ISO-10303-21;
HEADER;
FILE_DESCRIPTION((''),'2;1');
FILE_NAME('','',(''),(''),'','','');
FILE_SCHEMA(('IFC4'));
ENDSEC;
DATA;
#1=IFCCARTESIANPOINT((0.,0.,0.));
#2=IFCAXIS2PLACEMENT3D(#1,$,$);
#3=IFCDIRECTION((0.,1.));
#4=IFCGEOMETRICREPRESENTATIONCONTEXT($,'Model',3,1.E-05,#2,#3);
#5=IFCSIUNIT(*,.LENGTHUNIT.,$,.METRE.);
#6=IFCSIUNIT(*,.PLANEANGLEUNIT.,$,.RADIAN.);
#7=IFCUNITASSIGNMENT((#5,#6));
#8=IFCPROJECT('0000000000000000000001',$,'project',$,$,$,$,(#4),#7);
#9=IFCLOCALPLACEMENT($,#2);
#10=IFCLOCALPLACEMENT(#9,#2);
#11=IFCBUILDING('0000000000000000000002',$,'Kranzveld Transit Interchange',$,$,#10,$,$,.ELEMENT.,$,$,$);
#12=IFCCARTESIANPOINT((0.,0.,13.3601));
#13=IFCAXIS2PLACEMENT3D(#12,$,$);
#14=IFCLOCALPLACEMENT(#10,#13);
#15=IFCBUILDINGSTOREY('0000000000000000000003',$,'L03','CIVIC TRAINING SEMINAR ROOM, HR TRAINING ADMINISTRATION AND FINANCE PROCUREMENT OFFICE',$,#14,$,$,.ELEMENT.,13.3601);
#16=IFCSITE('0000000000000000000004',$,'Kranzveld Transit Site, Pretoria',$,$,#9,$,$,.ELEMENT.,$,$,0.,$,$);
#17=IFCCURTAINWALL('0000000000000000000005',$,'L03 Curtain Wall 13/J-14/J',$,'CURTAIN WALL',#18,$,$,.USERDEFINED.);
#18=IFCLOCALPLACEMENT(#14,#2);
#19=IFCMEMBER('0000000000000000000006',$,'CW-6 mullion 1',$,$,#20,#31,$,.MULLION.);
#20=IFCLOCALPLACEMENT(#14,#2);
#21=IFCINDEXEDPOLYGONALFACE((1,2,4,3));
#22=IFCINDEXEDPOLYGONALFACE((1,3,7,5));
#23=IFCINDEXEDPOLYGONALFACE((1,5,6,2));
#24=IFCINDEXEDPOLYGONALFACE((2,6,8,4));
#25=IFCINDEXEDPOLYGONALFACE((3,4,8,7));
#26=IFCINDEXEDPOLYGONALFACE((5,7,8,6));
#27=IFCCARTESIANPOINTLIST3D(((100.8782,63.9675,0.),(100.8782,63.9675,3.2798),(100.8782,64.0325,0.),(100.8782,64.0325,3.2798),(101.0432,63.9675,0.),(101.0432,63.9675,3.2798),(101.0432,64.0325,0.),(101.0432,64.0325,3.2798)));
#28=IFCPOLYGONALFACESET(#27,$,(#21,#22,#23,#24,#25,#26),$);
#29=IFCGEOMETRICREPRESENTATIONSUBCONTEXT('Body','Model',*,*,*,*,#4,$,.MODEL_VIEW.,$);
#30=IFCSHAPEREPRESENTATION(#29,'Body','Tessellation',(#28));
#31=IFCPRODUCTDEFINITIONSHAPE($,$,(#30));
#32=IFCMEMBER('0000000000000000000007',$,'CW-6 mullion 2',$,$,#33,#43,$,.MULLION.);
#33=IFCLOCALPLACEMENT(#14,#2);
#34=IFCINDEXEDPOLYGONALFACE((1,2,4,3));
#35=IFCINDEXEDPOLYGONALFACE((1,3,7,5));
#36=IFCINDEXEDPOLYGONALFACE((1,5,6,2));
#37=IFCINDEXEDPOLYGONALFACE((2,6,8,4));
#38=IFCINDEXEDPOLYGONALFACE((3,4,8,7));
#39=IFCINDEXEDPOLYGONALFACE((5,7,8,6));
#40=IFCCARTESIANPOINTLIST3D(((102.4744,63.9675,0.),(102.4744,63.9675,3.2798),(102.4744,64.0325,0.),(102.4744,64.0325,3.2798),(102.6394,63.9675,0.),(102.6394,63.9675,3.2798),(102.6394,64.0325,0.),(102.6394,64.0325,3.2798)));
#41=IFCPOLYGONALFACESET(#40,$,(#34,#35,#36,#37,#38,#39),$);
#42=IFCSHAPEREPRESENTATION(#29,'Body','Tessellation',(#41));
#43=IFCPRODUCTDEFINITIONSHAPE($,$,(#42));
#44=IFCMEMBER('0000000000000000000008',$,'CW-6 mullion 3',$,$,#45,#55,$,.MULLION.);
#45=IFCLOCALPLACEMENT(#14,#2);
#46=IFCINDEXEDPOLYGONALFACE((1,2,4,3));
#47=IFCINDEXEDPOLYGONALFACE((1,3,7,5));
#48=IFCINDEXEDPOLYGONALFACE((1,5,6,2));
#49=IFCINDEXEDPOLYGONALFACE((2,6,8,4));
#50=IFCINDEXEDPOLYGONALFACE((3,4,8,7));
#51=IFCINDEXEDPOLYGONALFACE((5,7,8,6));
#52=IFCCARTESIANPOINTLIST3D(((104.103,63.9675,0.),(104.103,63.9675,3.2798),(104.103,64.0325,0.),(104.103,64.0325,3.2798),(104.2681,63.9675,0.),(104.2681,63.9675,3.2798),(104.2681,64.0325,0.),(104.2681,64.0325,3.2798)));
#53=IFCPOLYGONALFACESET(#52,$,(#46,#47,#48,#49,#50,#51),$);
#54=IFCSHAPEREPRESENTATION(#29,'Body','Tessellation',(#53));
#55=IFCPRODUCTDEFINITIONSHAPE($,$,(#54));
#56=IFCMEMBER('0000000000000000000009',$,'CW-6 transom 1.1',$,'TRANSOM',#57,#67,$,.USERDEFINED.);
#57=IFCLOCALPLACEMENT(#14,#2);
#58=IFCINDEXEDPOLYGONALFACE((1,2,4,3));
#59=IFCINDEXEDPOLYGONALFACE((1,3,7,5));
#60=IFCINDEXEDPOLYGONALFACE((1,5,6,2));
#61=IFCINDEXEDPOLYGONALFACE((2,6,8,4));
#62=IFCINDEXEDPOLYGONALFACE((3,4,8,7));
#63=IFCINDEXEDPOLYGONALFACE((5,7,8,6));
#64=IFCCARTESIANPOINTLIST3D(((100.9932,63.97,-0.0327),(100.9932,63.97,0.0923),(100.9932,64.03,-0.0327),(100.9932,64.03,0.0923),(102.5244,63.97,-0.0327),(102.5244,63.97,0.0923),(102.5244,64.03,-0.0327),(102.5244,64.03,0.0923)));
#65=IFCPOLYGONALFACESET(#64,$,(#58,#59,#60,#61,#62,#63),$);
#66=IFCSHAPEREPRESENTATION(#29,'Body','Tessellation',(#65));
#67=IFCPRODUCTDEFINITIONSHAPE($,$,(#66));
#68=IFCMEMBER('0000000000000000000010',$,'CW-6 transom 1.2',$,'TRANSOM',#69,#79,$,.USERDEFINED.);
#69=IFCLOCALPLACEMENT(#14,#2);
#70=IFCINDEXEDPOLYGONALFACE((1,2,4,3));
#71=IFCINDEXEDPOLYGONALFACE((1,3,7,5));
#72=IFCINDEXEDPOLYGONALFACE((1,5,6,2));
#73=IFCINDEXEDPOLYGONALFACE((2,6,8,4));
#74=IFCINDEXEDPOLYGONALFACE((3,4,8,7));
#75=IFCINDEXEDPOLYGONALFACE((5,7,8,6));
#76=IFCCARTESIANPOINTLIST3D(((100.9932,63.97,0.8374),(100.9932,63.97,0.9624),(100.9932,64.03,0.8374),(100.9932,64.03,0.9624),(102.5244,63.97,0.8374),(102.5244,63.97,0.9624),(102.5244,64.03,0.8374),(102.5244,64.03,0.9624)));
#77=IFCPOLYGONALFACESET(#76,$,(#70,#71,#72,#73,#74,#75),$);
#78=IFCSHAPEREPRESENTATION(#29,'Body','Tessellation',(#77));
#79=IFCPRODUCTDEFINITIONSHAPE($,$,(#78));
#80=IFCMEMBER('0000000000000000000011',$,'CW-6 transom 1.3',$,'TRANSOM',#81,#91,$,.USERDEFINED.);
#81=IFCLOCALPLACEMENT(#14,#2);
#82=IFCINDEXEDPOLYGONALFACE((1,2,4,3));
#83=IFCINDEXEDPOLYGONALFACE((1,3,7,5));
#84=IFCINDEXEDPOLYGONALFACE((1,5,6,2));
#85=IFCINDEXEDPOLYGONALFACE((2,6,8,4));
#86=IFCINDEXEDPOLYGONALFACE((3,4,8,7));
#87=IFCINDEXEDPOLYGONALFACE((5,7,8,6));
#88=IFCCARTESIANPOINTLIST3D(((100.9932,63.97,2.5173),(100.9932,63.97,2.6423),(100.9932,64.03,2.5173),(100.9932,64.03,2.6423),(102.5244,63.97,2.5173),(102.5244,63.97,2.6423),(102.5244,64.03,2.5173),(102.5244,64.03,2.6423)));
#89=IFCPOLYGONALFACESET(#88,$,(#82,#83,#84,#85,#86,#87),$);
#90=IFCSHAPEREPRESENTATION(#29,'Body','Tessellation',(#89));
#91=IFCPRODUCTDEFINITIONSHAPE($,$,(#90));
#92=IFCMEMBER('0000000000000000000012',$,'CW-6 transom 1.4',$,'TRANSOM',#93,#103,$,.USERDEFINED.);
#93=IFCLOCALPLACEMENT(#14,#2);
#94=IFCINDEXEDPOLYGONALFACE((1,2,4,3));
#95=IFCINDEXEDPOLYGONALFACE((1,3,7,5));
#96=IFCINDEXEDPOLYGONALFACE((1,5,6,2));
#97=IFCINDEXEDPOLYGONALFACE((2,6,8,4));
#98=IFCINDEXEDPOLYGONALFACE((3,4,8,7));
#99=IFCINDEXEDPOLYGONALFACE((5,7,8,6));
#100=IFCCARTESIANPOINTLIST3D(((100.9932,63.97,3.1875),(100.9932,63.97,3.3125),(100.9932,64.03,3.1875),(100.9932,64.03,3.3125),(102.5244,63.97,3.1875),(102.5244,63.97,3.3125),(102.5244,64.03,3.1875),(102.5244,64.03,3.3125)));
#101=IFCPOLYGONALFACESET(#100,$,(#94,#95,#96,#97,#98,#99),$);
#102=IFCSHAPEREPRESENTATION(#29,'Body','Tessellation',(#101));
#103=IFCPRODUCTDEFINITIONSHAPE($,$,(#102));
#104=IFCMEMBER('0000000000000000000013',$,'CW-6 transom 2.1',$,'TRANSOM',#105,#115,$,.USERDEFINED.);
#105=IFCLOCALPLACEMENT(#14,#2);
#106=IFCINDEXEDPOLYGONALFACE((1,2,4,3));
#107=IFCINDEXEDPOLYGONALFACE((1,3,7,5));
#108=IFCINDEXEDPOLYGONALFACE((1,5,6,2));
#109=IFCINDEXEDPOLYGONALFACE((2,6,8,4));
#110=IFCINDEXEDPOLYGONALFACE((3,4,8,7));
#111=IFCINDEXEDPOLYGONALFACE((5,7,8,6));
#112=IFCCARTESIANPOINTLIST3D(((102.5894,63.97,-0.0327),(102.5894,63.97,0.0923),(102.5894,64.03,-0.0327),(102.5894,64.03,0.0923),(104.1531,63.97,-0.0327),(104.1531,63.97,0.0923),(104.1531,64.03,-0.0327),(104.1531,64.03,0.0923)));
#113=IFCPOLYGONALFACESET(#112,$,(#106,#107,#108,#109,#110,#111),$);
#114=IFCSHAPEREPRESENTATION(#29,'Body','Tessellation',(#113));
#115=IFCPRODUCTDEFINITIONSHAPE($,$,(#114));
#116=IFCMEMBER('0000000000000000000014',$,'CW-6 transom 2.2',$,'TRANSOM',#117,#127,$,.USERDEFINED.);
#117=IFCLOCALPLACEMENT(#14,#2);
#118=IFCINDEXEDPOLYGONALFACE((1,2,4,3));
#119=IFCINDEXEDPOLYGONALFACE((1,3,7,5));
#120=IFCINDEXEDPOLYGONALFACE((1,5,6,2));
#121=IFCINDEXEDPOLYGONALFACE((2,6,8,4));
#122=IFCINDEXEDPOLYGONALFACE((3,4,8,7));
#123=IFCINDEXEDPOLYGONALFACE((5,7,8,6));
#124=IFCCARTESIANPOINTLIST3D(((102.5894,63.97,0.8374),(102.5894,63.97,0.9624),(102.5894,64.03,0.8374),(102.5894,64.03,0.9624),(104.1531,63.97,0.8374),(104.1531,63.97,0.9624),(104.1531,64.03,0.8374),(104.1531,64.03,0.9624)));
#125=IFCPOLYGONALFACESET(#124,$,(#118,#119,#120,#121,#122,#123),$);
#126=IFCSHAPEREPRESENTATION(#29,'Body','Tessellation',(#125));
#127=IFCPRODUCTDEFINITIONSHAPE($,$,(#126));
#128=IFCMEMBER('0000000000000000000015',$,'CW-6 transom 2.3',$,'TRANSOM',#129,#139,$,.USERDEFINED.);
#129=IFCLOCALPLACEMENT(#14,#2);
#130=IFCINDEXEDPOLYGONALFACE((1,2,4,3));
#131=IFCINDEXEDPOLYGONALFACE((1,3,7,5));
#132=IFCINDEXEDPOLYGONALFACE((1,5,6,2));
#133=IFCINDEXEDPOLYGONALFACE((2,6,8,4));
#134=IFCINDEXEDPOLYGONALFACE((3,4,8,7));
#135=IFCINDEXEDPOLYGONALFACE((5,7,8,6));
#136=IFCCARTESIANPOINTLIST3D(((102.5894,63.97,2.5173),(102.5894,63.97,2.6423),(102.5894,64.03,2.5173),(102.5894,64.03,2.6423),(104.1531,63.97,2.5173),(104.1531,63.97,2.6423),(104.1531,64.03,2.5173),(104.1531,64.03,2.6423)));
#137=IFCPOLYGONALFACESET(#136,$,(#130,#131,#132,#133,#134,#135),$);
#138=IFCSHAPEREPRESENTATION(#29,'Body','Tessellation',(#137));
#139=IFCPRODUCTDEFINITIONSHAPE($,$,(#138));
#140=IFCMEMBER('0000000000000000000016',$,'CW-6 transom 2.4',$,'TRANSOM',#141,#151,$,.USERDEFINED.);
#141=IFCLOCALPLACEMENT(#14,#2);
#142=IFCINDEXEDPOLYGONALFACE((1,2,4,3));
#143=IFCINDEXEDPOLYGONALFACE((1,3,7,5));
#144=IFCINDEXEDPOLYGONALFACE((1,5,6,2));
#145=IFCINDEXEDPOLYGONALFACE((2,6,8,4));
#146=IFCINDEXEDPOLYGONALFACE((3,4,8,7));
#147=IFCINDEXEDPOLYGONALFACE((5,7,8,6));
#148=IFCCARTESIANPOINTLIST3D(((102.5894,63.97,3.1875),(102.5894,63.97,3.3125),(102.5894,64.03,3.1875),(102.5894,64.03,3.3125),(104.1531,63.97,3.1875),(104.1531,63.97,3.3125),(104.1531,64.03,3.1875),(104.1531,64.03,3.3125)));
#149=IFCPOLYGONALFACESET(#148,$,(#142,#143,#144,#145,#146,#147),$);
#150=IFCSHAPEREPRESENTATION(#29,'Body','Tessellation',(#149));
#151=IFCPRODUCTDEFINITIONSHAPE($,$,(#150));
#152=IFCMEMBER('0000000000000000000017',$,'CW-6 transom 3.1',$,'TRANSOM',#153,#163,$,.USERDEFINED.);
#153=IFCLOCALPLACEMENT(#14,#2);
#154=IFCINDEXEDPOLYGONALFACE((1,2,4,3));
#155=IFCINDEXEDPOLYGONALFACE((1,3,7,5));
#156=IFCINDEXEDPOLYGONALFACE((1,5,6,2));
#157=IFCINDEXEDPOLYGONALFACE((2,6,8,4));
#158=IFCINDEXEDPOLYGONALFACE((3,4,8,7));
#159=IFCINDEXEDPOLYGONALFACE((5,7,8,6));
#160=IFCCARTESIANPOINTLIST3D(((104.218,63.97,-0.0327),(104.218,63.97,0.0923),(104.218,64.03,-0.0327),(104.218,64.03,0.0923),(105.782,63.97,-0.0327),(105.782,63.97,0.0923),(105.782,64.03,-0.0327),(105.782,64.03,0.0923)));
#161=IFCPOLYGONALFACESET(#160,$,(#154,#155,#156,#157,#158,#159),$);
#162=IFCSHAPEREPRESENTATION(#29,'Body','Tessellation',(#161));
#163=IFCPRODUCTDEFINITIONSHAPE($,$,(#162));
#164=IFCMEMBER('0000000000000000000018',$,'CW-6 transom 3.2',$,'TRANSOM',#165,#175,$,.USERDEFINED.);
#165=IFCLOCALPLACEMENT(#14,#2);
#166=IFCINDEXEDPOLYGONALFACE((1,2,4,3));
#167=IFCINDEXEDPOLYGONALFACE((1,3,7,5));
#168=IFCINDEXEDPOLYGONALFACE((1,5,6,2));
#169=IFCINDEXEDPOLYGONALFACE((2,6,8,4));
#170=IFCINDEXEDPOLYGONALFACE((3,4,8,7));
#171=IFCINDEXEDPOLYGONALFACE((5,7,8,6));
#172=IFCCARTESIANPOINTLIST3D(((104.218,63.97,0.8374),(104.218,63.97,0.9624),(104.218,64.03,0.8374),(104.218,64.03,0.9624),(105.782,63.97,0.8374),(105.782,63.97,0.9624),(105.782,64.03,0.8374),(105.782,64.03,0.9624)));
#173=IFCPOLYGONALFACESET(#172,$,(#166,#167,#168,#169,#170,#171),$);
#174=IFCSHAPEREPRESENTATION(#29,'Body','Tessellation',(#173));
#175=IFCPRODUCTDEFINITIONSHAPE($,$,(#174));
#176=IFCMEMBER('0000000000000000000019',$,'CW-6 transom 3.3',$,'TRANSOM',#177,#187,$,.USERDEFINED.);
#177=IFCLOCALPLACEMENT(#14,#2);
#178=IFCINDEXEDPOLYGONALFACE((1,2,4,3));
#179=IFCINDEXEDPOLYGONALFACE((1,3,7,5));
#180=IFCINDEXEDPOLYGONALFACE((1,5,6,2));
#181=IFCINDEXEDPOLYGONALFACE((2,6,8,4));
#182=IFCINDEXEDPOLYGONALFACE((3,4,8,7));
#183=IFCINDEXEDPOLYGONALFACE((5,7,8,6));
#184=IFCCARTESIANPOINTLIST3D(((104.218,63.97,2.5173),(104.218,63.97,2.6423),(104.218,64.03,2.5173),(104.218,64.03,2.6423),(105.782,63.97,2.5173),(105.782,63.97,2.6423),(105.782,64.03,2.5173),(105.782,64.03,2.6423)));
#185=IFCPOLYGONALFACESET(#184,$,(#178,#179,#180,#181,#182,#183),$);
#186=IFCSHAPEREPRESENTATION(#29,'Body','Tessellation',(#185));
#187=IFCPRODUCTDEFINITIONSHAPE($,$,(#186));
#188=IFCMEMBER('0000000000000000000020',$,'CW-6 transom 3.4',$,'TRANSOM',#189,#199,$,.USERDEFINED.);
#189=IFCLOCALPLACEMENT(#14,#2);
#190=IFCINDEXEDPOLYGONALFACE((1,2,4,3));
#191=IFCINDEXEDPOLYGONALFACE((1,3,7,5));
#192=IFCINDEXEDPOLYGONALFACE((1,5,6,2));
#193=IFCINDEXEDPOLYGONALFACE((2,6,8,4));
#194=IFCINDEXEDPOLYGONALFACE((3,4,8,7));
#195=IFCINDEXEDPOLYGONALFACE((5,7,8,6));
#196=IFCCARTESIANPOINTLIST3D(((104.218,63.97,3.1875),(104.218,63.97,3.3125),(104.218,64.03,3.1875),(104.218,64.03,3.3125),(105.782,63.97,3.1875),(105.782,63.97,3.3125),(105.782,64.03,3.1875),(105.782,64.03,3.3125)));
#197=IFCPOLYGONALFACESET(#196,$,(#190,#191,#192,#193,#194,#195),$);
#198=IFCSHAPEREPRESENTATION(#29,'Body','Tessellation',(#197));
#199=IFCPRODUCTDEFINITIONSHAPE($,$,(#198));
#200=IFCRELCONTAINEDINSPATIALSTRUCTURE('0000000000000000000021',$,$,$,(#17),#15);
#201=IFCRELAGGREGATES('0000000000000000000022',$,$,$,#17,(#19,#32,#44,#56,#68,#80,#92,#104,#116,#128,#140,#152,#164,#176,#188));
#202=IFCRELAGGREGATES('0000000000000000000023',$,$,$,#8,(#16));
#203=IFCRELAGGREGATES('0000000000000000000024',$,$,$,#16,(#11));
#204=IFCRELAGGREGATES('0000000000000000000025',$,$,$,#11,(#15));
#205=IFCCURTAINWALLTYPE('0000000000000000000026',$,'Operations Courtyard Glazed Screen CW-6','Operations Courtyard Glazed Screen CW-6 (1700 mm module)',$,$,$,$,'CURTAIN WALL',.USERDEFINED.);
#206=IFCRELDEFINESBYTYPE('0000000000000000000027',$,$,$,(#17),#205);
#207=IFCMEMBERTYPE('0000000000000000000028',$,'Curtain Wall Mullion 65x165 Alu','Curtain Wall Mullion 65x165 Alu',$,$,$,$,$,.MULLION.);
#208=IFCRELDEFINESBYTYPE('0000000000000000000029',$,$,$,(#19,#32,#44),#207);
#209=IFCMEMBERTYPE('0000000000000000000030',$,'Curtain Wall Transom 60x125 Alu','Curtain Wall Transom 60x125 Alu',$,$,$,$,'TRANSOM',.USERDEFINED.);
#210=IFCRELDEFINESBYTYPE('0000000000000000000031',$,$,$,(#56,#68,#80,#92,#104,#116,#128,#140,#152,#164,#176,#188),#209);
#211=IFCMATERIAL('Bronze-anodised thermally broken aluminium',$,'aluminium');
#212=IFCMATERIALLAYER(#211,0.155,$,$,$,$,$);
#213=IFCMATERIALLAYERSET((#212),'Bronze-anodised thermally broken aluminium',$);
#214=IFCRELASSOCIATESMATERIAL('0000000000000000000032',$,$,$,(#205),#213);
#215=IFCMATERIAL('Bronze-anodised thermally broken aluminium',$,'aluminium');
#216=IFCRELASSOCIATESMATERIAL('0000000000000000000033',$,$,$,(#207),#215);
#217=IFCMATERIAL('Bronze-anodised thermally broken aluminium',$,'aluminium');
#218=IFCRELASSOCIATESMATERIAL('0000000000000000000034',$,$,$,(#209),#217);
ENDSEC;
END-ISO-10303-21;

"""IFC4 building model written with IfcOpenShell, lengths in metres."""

from ifc_helpers import new_model, si_unit, direction, frame, origin, origin_2d, place, context, subcontext, project, spatial, rectangle, extrude, material, layer, layer_set, material_profile, profile_set, type_object, element, aggregate, save


model = new_model("IFC4")

# Units and contexts
model_context = context("Model", 3, precision=1e-05, world=origin(), true_north=direction((0.0, 1.0)))
body_context = subcontext(model_context, "Body", "Model", "MODEL_VIEW")
ifc_project = project(units=[si_unit("LENGTHUNIT", "METRE"), si_unit("PLANEANGLEUNIT", "RADIAN")], contexts=[model_context])

# Site, building, storey
site_placement = place(None, origin())
site = spatial("IfcSite", under=ifc_project, at=site_placement, Name="Kranzveld Transit Site, Pretoria", CompositionType="ELEMENT", RefElevation=0.0)
building_placement = place(site_placement, origin())
building = spatial("IfcBuilding", under=site, at=building_placement, Name="Kranzveld Transit Interchange", CompositionType="ELEMENT")
storey_placement = place(building_placement, frame((0.0, 0.0, 13.3601)))
storey = spatial("IfcBuildingStorey", under=building, at=storey_placement, Name="L03", Description="CIVIC TRAINING SEMINAR ROOM, HR TRAINING ADMINISTRATION AND FINANCE PROCUREMENT OFFICE", CompositionType="ELEMENT", Elevation=13.3601)

# Curtain wall, members
ifc_material_1 = material(Name="Bronze-anodised thermally broken aluminium", Category="aluminium")
ifc_layer_1 = layer(ifc_material_1, 0.155)
ifc_layer_set_1 = layer_set([ifc_layer_1], Name="Bronze-anodised thermally broken aluminium")
curtain_wall_type = type_object("IfcCurtainWallType", Name="Operations Courtyard Glazed Screen CW-6", Description="Operations Courtyard Glazed Screen CW-6 (1700 mm module)", ElementType="CURTAIN WALL", PredefinedType="USERDEFINED", material=ifc_layer_set_1)
curtain_wall_placement = place(storey_placement, origin())
curtain_wall = element("IfcCurtainWall", 1, at=curtain_wall_placement, inside=storey, type_object=curtain_wall_type, Name="L03 Curtain Wall 13/J-14/J", ObjectType="CURTAIN WALL", PredefinedType="USERDEFINED")
ifc_material_2 = material(Name="Bronze-anodised thermally broken aluminium", Category="aluminium")
ifc_material_profile_1 = material_profile(ifc_material_2, rectangle(XDim=0.0649, YDim=0.165, at=origin_2d()), Name="ALU MULLION 65x165")
ifc_profile_set_1 = profile_set([ifc_material_profile_1], Name="Bronze-anodised thermally broken aluminium")
member_type_1 = type_object("IfcMemberType", Name="Curtain Wall Mullion 65x165 Alu", Description="Curtain Wall Mullion 65x165 Alu", PredefinedType="MULLION", material=ifc_profile_set_1)
member_1_placement = place(storey_placement, frame((100.9607, 64.0, 0.0), z_axis=(0.0, 0.0, 1.0), x_axis=(0.0, 1.0, 0.0)))
member_1 = element("IfcMember", 2, at=member_1_placement, type_object=member_type_1, Name="CW-6 mullion 1", PredefinedType="MULLION", context=body_context, shape_type="SweptSolid", body=[
    extrude(rectangle(XDim=0.0649, YDim=0.165, at=origin_2d()), origin(), (0.0, 0.0, 1.0), 3.2798),
])
member_2_placement = place(storey_placement, frame((102.5569, 64.0, 0.0), z_axis=(0.0, 0.0, 1.0), x_axis=(0.0, 1.0, 0.0)))
member_2 = element("IfcMember", 3, at=member_2_placement, type_object=member_type_1, Name="CW-6 mullion 2", PredefinedType="MULLION", context=body_context, shape_type="SweptSolid", body=[
    extrude(rectangle(XDim=0.0649, YDim=0.165, at=origin_2d()), origin(), (0.0, 0.0, 1.0), 3.2798),
])
member_3_placement = place(storey_placement, frame((104.1855, 64.0, 0.0), z_axis=(0.0, 0.0, 1.0), x_axis=(0.0, 1.0, 0.0)))
member_3 = element("IfcMember", 4, at=member_3_placement, type_object=member_type_1, Name="CW-6 mullion 3", PredefinedType="MULLION", context=body_context, shape_type="SweptSolid", body=[
    extrude(rectangle(XDim=0.0649, YDim=0.165, at=origin_2d()), origin(), (0.0, 0.0, 1.0), 3.2798),
])
ifc_material_3 = material(Name="Bronze-anodised thermally broken aluminium", Category="aluminium")
ifc_material_profile_2 = material_profile(ifc_material_3, rectangle(XDim=0.0601, YDim=0.125, at=origin_2d()), Name="ALU TRANSOM 60x125")
ifc_profile_set_2 = profile_set([ifc_material_profile_2], Name="Bronze-anodised thermally broken aluminium")
member_type_2 = type_object("IfcMemberType", Name="Curtain Wall Transom 60x125 Alu", Description="Curtain Wall Transom 60x125 Alu", ElementType="TRANSOM", PredefinedType="USERDEFINED", material=ifc_profile_set_2)
member_4_placement = place(storey_placement, frame((100.9932, 64.0, 0.0298), z_axis=(1.0, 0.0, 0.0), x_axis=(0.0, 1.0, 0.0)))
member_4 = element("IfcMember", 5, at=member_4_placement, type_object=member_type_2, Name="CW-6 transom 1.1", ObjectType="TRANSOM", PredefinedType="USERDEFINED", context=body_context, shape_type="SweptSolid", body=[
    extrude(rectangle(XDim=0.0601, YDim=0.125, at=origin_2d()), origin(), (0.0, 0.0, 1.0), 1.5312),
])
member_5_placement = place(storey_placement, frame((100.9932, 64.0, 0.8999), z_axis=(1.0, 0.0, 0.0), x_axis=(0.0, 1.0, 0.0)))
member_5 = element("IfcMember", 6, at=member_5_placement, type_object=member_type_2, Name="CW-6 transom 1.2", ObjectType="TRANSOM", PredefinedType="USERDEFINED", context=body_context, shape_type="SweptSolid", body=[
    extrude(rectangle(XDim=0.0601, YDim=0.125, at=origin_2d()), origin(), (0.0, 0.0, 1.0), 1.5312),
])
member_6_placement = place(storey_placement, frame((100.9932, 64.0, 2.5798), z_axis=(1.0, 0.0, 0.0), x_axis=(0.0, 1.0, 0.0)))
member_6 = element("IfcMember", 7, at=member_6_placement, type_object=member_type_2, Name="CW-6 transom 1.3", ObjectType="TRANSOM", PredefinedType="USERDEFINED", context=body_context, shape_type="SweptSolid", body=[
    extrude(rectangle(XDim=0.0601, YDim=0.125, at=origin_2d()), origin(), (0.0, 0.0, 1.0), 1.5312),
])
member_7_placement = place(storey_placement, frame((100.9932, 64.0, 3.25), z_axis=(1.0, 0.0, 0.0), x_axis=(0.0, 1.0, 0.0)))
member_7 = element("IfcMember", 8, at=member_7_placement, type_object=member_type_2, Name="CW-6 transom 1.4", ObjectType="TRANSOM", PredefinedType="USERDEFINED", context=body_context, shape_type="SweptSolid", body=[
    extrude(rectangle(XDim=0.0601, YDim=0.125, at=origin_2d()), origin(), (0.0, 0.0, 1.0), 1.5312),
])
member_8_placement = place(storey_placement, frame((102.5894, 64.0, 0.0298), z_axis=(1.0, 0.0, 0.0), x_axis=(0.0, 1.0, 0.0)))
member_8 = element("IfcMember", 9, at=member_8_placement, type_object=member_type_2, Name="CW-6 transom 2.1", ObjectType="TRANSOM", PredefinedType="USERDEFINED", context=body_context, shape_type="SweptSolid", body=[
    extrude(rectangle(XDim=0.0601, YDim=0.125, at=origin_2d()), origin(), (0.0, 0.0, 1.0), 1.5637),
])
member_9_placement = place(storey_placement, frame((102.5894, 64.0, 0.8999), z_axis=(1.0, 0.0, 0.0), x_axis=(0.0, 1.0, 0.0)))
member_9 = element("IfcMember", 10, at=member_9_placement, type_object=member_type_2, Name="CW-6 transom 2.2", ObjectType="TRANSOM", PredefinedType="USERDEFINED", context=body_context, shape_type="SweptSolid", body=[
    extrude(rectangle(XDim=0.0601, YDim=0.125, at=origin_2d()), origin(), (0.0, 0.0, 1.0), 1.5637),
])
member_10_placement = place(storey_placement, frame((102.5894, 64.0, 2.5798), z_axis=(1.0, 0.0, 0.0), x_axis=(0.0, 1.0, 0.0)))
member_10 = element("IfcMember", 11, at=member_10_placement, type_object=member_type_2, Name="CW-6 transom 2.3", ObjectType="TRANSOM", PredefinedType="USERDEFINED", context=body_context, shape_type="SweptSolid", body=[
    extrude(rectangle(XDim=0.0601, YDim=0.125, at=origin_2d()), origin(), (0.0, 0.0, 1.0), 1.5637),
])
member_11_placement = place(storey_placement, frame((102.5894, 64.0, 3.25), z_axis=(1.0, 0.0, 0.0), x_axis=(0.0, 1.0, 0.0)))
member_11 = element("IfcMember", 12, at=member_11_placement, type_object=member_type_2, Name="CW-6 transom 2.4", ObjectType="TRANSOM", PredefinedType="USERDEFINED", context=body_context, shape_type="SweptSolid", body=[
    extrude(rectangle(XDim=0.0601, YDim=0.125, at=origin_2d()), origin(), (0.0, 0.0, 1.0), 1.5637),
])
member_12_placement = place(storey_placement, frame((104.218, 64.0, 0.0298), z_axis=(1.0, 0.0, 0.0), x_axis=(0.0, 1.0, 0.0)))
member_12 = element("IfcMember", 13, at=member_12_placement, type_object=member_type_2, Name="CW-6 transom 3.1", ObjectType="TRANSOM", PredefinedType="USERDEFINED", context=body_context, shape_type="SweptSolid", body=[
    extrude(rectangle(XDim=0.0601, YDim=0.125, at=origin_2d()), origin(), (0.0, 0.0, 1.0), 1.564),
])
member_13_placement = place(storey_placement, frame((104.218, 64.0, 0.8999), z_axis=(1.0, 0.0, 0.0), x_axis=(0.0, 1.0, 0.0)))
member_13 = element("IfcMember", 14, at=member_13_placement, type_object=member_type_2, Name="CW-6 transom 3.2", ObjectType="TRANSOM", PredefinedType="USERDEFINED", context=body_context, shape_type="SweptSolid", body=[
    extrude(rectangle(XDim=0.0601, YDim=0.125, at=origin_2d()), origin(), (0.0, 0.0, 1.0), 1.564),
])
member_14_placement = place(storey_placement, frame((104.218, 64.0, 2.5798), z_axis=(1.0, 0.0, 0.0), x_axis=(0.0, 1.0, 0.0)))
member_14 = element("IfcMember", 15, at=member_14_placement, type_object=member_type_2, Name="CW-6 transom 3.3", ObjectType="TRANSOM", PredefinedType="USERDEFINED", context=body_context, shape_type="SweptSolid", body=[
    extrude(rectangle(XDim=0.0601, YDim=0.125, at=origin_2d()), origin(), (0.0, 0.0, 1.0), 1.564),
])
member_15_placement = place(storey_placement, frame((104.218, 64.0, 3.25), z_axis=(1.0, 0.0, 0.0), x_axis=(0.0, 1.0, 0.0)))
member_15 = element("IfcMember", 16, at=member_15_placement, type_object=member_type_2, Name="CW-6 transom 3.4", ObjectType="TRANSOM", PredefinedType="USERDEFINED", context=body_context, shape_type="SweptSolid", body=[
    extrude(rectangle(XDim=0.0601, YDim=0.125, at=origin_2d()), origin(), (0.0, 0.0, 1.0), 1.564),
])

aggregate(curtain_wall, [member_1, member_2, member_3, member_4, member_5, member_6, member_7, member_8, member_9, member_10, member_11, member_12, member_13, member_14, member_15])

save(model, "model.ifc")
